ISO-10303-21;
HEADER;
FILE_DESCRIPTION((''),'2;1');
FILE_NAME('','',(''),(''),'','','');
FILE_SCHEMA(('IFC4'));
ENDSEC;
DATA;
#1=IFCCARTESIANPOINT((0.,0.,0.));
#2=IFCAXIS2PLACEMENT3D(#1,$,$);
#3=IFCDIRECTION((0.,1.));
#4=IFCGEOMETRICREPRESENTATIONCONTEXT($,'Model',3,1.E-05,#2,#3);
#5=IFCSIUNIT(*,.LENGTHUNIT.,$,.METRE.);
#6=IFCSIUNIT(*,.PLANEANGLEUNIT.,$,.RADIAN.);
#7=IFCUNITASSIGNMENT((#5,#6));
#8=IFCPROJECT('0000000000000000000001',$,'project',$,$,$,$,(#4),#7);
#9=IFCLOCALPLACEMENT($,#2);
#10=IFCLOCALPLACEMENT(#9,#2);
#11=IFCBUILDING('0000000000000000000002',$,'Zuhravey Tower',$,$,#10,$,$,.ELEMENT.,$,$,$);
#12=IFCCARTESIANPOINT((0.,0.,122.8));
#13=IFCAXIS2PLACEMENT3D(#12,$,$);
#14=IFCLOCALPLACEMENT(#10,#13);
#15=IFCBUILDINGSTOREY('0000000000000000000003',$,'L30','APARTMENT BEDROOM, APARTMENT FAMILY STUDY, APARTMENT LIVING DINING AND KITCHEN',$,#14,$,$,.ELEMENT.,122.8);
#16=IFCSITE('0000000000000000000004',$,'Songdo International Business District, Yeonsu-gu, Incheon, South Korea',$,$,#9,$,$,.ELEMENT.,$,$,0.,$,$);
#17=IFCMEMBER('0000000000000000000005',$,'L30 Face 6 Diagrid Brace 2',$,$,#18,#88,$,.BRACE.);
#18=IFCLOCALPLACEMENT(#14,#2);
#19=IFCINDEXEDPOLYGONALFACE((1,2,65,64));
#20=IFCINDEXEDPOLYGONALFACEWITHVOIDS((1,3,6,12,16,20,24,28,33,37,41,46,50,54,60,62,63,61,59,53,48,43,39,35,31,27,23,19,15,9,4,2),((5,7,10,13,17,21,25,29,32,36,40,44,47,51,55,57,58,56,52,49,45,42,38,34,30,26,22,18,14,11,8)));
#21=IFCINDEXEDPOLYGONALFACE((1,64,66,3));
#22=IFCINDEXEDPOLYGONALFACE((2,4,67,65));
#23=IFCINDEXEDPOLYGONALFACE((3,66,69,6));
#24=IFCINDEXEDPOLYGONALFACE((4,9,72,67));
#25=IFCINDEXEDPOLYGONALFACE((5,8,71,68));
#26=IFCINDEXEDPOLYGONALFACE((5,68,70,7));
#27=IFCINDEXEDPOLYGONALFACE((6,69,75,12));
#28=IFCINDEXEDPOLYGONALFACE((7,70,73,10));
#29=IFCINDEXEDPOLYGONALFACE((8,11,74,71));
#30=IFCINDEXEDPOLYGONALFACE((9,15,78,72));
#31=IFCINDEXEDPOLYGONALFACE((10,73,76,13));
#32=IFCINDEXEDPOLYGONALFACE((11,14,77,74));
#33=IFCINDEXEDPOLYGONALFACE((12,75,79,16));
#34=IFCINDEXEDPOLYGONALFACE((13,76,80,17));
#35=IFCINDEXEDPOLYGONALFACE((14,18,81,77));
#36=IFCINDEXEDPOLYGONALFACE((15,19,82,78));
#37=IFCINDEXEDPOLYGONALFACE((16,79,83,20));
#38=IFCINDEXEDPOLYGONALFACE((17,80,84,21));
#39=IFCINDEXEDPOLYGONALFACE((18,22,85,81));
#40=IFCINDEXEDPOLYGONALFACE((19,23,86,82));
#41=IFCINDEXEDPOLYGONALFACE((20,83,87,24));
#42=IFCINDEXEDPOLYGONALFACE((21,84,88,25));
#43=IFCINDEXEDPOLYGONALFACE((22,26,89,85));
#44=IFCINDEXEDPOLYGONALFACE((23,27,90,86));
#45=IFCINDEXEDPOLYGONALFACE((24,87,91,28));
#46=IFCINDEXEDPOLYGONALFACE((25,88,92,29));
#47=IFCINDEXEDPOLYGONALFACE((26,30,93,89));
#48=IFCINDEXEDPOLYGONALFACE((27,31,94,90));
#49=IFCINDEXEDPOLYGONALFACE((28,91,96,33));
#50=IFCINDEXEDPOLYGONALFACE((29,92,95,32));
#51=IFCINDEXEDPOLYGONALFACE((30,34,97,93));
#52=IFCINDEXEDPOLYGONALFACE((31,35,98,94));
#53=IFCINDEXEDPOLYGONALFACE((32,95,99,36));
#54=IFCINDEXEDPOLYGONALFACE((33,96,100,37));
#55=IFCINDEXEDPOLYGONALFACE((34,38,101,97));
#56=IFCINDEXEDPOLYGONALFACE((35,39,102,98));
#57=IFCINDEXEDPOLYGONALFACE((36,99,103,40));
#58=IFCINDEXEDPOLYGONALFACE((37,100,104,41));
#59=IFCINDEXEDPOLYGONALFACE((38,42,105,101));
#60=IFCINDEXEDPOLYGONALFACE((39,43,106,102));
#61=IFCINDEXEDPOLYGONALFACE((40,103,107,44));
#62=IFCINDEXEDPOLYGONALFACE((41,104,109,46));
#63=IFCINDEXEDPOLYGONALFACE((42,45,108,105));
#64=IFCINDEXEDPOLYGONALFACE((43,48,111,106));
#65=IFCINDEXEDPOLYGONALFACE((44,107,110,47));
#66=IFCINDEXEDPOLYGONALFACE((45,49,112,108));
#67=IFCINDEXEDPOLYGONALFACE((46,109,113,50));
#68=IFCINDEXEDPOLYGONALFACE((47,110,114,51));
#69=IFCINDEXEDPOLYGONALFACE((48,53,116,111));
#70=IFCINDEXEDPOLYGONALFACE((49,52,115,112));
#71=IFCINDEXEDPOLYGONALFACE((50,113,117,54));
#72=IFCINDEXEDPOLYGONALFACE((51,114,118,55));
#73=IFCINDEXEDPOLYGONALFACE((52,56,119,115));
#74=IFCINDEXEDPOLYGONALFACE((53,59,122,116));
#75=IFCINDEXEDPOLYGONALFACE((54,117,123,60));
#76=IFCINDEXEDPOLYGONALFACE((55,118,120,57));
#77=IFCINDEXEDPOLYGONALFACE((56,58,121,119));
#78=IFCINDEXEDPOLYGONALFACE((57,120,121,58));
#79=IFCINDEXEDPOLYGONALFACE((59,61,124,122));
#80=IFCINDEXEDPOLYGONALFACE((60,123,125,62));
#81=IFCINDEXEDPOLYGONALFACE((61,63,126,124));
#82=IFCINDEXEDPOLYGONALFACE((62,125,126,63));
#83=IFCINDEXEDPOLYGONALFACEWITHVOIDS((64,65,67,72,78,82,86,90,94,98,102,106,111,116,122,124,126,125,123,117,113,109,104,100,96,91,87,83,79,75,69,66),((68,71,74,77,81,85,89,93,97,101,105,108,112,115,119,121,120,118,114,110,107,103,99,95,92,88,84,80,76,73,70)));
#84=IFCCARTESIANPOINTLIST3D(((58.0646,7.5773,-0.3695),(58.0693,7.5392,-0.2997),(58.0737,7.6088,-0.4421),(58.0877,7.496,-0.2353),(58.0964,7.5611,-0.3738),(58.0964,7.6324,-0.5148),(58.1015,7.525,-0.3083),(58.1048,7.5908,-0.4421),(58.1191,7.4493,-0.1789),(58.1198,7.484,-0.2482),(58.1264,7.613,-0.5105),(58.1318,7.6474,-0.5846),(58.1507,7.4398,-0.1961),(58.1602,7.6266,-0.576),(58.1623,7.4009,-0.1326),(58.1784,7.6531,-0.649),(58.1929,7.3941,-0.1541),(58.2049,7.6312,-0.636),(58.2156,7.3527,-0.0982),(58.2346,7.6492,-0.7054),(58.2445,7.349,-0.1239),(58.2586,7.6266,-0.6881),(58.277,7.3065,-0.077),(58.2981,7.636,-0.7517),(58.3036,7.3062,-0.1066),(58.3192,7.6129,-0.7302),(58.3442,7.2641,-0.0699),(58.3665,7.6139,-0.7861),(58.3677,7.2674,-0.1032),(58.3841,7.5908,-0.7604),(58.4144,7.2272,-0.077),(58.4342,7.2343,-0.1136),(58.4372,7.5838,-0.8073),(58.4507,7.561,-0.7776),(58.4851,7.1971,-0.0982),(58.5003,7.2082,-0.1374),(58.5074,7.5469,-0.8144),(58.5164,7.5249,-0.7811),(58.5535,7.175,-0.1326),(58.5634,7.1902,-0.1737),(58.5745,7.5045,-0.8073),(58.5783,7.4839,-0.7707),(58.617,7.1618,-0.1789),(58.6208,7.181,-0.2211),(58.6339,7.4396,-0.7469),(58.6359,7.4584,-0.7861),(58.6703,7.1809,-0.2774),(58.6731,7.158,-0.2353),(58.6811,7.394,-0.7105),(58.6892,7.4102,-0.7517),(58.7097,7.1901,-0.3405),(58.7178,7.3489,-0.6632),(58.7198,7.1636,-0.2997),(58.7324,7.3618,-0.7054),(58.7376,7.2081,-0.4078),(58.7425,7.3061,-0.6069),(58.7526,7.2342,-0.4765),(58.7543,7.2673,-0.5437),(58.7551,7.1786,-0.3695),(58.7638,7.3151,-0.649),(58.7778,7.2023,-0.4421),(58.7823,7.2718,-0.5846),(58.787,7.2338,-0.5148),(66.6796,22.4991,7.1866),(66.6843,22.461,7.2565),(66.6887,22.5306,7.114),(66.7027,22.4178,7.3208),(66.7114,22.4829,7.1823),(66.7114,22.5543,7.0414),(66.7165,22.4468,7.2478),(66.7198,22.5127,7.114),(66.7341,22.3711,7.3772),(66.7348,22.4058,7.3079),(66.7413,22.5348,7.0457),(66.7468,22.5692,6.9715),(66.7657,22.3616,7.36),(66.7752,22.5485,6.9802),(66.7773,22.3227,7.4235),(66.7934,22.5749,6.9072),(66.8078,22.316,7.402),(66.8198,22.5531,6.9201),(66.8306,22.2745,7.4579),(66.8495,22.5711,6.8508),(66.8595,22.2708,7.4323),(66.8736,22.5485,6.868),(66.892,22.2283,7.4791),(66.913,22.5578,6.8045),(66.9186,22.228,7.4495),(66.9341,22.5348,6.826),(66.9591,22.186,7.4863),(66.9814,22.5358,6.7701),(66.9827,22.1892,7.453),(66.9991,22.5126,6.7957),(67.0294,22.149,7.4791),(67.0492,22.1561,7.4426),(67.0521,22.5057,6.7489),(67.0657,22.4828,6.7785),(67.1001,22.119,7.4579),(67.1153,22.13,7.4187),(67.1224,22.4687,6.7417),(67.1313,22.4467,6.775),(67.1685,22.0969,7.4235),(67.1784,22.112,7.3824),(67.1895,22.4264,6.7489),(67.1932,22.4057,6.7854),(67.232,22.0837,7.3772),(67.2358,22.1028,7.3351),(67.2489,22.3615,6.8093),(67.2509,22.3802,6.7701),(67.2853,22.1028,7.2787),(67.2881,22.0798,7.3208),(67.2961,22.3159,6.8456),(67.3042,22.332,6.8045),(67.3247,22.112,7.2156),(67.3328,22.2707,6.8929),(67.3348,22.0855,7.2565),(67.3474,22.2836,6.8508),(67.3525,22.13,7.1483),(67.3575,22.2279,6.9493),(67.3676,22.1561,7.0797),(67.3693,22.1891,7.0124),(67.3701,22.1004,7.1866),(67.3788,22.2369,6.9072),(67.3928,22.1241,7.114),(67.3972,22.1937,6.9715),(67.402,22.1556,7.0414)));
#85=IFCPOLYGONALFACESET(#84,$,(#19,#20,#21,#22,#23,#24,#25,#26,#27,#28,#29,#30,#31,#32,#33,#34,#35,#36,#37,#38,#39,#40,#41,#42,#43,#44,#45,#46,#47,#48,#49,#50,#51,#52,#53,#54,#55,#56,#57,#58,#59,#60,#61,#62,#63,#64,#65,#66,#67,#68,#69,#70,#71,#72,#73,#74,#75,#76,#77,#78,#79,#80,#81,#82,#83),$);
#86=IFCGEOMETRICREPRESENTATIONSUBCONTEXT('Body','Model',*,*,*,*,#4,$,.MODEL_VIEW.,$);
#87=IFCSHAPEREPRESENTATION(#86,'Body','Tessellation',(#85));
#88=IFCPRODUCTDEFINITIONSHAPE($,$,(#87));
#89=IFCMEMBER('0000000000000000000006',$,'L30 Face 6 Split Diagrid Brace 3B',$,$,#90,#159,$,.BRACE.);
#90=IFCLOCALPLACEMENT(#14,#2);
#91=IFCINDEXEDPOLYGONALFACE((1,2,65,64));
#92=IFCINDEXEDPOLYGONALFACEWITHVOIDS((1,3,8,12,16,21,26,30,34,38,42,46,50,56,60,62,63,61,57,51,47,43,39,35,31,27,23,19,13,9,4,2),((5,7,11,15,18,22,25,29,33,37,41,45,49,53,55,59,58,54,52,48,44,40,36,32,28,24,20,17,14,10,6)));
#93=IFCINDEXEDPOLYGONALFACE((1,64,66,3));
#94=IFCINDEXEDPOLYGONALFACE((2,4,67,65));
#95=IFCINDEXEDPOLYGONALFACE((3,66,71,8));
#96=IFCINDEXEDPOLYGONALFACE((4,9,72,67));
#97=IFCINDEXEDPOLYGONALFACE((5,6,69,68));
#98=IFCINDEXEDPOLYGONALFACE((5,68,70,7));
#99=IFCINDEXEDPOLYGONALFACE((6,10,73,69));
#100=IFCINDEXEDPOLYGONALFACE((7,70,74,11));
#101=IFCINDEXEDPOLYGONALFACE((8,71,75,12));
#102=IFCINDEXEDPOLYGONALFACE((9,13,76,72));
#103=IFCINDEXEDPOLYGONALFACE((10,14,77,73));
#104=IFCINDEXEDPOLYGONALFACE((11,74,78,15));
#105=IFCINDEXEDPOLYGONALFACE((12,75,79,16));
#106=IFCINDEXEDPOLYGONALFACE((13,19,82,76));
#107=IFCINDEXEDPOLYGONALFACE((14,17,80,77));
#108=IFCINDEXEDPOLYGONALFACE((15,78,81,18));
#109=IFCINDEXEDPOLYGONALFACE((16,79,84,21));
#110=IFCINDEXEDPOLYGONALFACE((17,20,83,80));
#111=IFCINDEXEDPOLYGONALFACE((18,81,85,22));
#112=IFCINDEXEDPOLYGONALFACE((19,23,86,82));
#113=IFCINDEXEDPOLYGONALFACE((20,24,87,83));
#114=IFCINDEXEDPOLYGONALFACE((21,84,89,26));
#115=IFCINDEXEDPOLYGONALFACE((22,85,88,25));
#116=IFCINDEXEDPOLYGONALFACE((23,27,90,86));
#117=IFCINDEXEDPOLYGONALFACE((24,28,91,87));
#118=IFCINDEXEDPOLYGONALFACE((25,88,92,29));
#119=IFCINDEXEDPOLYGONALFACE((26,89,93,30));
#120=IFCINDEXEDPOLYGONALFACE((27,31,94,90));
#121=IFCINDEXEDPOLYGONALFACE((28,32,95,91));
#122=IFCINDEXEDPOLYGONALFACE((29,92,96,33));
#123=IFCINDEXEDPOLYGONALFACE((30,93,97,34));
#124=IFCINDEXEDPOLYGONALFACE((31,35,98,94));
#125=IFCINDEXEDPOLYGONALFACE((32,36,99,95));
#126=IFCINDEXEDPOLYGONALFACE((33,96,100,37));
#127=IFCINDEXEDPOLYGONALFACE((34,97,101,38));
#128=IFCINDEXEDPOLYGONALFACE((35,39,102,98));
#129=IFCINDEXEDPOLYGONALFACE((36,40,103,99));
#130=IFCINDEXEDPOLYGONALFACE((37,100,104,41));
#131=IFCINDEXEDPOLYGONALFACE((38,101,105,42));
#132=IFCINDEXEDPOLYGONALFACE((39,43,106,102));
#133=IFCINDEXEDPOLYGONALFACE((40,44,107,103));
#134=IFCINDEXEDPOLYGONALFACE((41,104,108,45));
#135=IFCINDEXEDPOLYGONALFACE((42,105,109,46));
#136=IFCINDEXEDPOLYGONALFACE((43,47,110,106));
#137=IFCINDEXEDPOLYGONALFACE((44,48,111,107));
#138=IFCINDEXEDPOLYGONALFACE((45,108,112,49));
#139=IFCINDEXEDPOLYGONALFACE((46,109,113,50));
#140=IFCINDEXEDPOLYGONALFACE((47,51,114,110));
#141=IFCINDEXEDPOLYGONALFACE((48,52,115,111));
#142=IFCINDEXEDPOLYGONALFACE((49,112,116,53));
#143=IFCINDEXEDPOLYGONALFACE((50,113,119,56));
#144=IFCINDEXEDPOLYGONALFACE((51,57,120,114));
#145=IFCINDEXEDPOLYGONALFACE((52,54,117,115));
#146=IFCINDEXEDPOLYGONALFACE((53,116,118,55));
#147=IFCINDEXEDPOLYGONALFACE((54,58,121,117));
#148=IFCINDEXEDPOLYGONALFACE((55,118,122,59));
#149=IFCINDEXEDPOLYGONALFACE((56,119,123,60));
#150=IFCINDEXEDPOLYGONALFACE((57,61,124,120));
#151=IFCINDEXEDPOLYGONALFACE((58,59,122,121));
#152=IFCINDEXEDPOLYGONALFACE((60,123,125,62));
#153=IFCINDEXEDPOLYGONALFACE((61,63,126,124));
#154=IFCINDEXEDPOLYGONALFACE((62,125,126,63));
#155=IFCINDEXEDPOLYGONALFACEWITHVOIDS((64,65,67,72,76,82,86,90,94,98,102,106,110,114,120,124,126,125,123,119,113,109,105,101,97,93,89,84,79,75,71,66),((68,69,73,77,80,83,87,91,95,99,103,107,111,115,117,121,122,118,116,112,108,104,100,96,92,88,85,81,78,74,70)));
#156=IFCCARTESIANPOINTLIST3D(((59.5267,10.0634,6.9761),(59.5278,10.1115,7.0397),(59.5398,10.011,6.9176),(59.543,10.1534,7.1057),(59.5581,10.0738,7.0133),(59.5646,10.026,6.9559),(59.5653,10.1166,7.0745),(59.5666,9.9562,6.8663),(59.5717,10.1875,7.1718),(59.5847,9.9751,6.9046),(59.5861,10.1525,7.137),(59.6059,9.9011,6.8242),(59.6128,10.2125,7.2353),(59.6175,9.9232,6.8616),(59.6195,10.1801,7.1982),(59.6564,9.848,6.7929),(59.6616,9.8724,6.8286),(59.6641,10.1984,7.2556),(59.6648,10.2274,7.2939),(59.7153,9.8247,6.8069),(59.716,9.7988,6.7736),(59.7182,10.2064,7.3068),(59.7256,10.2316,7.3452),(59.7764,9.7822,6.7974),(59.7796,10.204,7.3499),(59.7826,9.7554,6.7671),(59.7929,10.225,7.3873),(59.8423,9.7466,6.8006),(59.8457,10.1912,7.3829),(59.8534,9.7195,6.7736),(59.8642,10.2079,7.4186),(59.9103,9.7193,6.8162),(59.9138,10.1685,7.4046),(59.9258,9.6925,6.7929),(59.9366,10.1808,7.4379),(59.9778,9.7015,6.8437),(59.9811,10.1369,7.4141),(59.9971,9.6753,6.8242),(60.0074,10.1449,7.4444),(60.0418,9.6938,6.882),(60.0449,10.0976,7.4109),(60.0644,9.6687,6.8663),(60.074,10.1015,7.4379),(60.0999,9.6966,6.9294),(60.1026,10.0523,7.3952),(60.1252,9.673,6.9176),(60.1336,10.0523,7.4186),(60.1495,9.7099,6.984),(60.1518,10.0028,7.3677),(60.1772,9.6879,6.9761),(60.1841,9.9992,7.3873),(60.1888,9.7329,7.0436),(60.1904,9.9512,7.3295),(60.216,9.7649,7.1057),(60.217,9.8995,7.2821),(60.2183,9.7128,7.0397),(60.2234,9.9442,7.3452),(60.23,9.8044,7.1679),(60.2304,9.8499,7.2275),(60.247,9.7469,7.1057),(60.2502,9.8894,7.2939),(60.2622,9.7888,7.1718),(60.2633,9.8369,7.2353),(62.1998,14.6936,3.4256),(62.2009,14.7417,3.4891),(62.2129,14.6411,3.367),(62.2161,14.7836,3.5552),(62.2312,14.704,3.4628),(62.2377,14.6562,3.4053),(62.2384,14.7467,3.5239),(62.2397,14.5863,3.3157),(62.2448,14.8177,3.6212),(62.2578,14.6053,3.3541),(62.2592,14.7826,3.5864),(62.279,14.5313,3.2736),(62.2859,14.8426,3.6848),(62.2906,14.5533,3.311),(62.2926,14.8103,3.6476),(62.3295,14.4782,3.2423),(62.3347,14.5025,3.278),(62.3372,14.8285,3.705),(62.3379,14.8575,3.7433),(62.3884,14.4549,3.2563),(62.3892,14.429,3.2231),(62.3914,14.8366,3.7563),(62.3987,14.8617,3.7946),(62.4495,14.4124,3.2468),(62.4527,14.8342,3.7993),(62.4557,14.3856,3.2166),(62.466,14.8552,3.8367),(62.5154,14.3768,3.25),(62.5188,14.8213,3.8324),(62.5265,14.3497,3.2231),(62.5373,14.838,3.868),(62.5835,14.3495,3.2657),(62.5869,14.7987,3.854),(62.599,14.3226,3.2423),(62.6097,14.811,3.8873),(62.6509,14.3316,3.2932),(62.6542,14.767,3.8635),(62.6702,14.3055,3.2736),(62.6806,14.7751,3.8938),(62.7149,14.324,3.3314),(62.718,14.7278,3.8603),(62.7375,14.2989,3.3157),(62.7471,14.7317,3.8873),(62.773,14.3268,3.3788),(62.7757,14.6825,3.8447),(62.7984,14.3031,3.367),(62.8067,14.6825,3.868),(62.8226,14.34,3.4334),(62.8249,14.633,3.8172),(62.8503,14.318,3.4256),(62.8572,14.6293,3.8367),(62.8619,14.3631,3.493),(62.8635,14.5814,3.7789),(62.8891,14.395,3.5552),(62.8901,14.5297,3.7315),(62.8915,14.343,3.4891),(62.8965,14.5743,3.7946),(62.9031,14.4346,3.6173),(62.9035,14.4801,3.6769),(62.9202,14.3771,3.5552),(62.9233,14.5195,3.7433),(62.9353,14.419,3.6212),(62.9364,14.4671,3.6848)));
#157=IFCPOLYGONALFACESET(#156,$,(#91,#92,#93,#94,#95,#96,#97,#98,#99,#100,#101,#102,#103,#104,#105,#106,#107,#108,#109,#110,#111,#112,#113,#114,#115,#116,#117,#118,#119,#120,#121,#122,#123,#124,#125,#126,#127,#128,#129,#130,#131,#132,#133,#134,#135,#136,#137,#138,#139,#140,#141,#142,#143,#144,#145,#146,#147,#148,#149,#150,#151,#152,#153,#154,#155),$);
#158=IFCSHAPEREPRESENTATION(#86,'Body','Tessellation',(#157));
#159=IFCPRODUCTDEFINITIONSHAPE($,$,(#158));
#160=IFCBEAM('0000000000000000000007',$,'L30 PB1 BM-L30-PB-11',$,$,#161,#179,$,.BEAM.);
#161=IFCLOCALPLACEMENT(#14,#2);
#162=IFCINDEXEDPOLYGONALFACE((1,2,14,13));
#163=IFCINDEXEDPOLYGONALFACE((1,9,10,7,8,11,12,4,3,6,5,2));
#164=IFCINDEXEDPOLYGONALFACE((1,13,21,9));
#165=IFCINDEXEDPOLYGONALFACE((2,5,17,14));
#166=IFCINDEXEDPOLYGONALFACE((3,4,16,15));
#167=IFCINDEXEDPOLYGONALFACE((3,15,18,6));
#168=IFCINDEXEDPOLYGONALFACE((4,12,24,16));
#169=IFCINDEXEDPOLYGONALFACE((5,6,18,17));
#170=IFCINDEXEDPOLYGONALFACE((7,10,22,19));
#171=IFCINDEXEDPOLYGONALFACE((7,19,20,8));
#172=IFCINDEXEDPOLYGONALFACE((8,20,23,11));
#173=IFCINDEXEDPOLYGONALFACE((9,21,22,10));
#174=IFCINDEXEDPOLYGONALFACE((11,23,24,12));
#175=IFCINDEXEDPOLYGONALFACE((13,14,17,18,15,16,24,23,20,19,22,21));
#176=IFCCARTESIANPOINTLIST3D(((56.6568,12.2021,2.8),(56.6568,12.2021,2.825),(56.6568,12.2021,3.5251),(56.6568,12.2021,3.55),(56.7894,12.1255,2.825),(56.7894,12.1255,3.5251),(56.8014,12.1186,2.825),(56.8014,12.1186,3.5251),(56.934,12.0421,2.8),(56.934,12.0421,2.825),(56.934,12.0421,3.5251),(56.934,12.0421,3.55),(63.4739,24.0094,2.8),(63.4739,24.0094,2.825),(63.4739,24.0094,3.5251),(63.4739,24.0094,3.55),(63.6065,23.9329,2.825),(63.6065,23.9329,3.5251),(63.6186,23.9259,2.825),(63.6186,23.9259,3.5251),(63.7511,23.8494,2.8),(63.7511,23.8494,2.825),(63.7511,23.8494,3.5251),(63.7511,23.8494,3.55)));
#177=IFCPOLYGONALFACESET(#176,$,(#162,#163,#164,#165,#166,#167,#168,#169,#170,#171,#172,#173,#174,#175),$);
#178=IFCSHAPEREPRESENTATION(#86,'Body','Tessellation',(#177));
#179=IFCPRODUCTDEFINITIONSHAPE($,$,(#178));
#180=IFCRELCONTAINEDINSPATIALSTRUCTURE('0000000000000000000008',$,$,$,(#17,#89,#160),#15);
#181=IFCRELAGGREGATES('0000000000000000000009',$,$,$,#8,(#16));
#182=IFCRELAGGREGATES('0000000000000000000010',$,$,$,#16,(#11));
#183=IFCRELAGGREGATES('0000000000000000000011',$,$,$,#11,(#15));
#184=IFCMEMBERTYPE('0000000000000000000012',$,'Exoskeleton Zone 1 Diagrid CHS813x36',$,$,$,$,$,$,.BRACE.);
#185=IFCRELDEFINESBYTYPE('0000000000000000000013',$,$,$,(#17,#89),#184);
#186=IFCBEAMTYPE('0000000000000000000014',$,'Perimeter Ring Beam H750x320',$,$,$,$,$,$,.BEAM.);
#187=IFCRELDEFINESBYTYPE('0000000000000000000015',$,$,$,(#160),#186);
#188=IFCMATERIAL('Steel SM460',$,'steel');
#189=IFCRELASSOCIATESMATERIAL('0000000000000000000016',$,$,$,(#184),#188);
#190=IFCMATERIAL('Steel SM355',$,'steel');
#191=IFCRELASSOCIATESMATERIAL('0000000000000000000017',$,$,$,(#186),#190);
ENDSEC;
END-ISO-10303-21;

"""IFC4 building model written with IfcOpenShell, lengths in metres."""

from ifc_helpers import new_model, si_unit, direction, frame, origin, origin_2d, place, context, subcontext, project, spatial, hollow_circle, i_section, extrude, material, material_profile, profile_set, type_object, element, save


model = new_model("IFC4")

# Units and contexts
model_context = context("Model", 3, precision=1e-05, world=origin(), true_north=direction((0.0, 1.0)))
body_context = subcontext(model_context, "Body", "Model", "MODEL_VIEW")
ifc_project = project(units=[si_unit("LENGTHUNIT", "METRE"), si_unit("PLANEANGLEUNIT", "RADIAN")], contexts=[model_context])

# Site, building, storey
site_placement = place(None, origin())
site = spatial("IfcSite", under=ifc_project, at=site_placement, Name="Songdo International Business District, Yeonsu-gu, Incheon, South Korea", CompositionType="ELEMENT", RefElevation=0.0)
building_placement = place(site_placement, origin())
building = spatial("IfcBuilding", under=site, at=building_placement, Name="Zuhravey Tower", CompositionType="ELEMENT")
storey_placement = place(building_placement, frame((0.0, 0.0, 122.8)))
storey = spatial("IfcBuildingStorey", under=building, at=storey_placement, Name="L30", Description="APARTMENT BEDROOM, APARTMENT FAMILY STUDY, APARTMENT LIVING DINING AND KITCHEN", CompositionType="ELEMENT", Elevation=122.8)

# Members
ifc_material_1 = material(Name="Steel SM355", Category="steel")
ifc_material_2 = material(Name="Steel SM460", Category="steel")
ifc_material_profile_1 = material_profile(ifc_material_2, hollow_circle(Radius=0.4065, WallThickness=0.0359, at=origin_2d()), Name="CHS-812.8x36")
ifc_profile_set_1 = profile_set([ifc_material_profile_1], Name="Steel SM460")
member_type_1 = type_object("IfcMemberType", Name="Exoskeleton Zone 1 Diagrid CHS813x36", PredefinedType="BRACE", material=ifc_profile_set_1)
member_1_placement = place(storey_placement, frame((58.4258, 7.4055, -0.4421), z_axis=(0.457897, 0.793116, 0.401619), x_axis=(-0.866029, 0.499993, 0.0)))
element("IfcMember", 1, at=member_1_placement, inside=storey, type_object=member_type_1, Name="L30 Face 6 Diagrid Brace 2", PredefinedType="BRACE", context=body_context, shape_type="SweptSolid", body=[
    extrude(hollow_circle(Radius=0.4065, WallThickness=0.0359, at=origin_2d()), origin(), (0.0, 0.0, 1.0), 18.8142),
])
member_2_placement = place(storey_placement, frame((62.5681, 14.5803, 3.5552), z_axis=(-0.416504, -0.721436, 0.553222), x_axis=(0.866034, -0.499985, 0.0)))
element("IfcMember", 2, at=member_2_placement, inside=storey, type_object=member_type_1, Name="L30 Face 6 Split Diagrid Brace 3B", PredefinedType="BRACE", context=body_context, shape_type="SweptSolid", body=[
    extrude(hollow_circle(Radius=0.4065, WallThickness=0.0359, at=origin_2d()), origin(), (0.0, 0.0, 1.0), 6.418),
])

# Beam
ifc_material_profile_2 = material_profile(ifc_material_1, i_section(OverallWidth=0.3201, OverallDepth=0.75, WebThickness=0.0139, FlangeThickness=0.0249, at=origin_2d()), Name="H-750x320x14x25")
ifc_profile_set_2 = profile_set([ifc_material_profile_2], Name="Steel SM355")
beam_type_1 = type_object("IfcBeamType", Name="Perimeter Ring Beam H750x320", PredefinedType="BEAM", material=ifc_profile_set_2)
beam_1_placement = place(storey_placement, frame((56.7954, 12.1221, 3.175), z_axis=(0.500008, 0.866021, 0.0), x_axis=(-0.866021, 0.500008, 0.0)))
element("IfcBeam", 3, at=beam_1_placement, inside=storey, type_object=beam_type_1, Name="L30 PB1 BM-L30-PB-11", PredefinedType="BEAM", context=body_context, shape_type="SweptSolid", body=[
    extrude(i_section(OverallWidth=0.3201, OverallDepth=0.75, WebThickness=0.0139, FlangeThickness=0.0249, at=origin_2d()), origin(), (0.0, 0.0, 1.0), 13.634),
])

save(model, "model.ifc")
